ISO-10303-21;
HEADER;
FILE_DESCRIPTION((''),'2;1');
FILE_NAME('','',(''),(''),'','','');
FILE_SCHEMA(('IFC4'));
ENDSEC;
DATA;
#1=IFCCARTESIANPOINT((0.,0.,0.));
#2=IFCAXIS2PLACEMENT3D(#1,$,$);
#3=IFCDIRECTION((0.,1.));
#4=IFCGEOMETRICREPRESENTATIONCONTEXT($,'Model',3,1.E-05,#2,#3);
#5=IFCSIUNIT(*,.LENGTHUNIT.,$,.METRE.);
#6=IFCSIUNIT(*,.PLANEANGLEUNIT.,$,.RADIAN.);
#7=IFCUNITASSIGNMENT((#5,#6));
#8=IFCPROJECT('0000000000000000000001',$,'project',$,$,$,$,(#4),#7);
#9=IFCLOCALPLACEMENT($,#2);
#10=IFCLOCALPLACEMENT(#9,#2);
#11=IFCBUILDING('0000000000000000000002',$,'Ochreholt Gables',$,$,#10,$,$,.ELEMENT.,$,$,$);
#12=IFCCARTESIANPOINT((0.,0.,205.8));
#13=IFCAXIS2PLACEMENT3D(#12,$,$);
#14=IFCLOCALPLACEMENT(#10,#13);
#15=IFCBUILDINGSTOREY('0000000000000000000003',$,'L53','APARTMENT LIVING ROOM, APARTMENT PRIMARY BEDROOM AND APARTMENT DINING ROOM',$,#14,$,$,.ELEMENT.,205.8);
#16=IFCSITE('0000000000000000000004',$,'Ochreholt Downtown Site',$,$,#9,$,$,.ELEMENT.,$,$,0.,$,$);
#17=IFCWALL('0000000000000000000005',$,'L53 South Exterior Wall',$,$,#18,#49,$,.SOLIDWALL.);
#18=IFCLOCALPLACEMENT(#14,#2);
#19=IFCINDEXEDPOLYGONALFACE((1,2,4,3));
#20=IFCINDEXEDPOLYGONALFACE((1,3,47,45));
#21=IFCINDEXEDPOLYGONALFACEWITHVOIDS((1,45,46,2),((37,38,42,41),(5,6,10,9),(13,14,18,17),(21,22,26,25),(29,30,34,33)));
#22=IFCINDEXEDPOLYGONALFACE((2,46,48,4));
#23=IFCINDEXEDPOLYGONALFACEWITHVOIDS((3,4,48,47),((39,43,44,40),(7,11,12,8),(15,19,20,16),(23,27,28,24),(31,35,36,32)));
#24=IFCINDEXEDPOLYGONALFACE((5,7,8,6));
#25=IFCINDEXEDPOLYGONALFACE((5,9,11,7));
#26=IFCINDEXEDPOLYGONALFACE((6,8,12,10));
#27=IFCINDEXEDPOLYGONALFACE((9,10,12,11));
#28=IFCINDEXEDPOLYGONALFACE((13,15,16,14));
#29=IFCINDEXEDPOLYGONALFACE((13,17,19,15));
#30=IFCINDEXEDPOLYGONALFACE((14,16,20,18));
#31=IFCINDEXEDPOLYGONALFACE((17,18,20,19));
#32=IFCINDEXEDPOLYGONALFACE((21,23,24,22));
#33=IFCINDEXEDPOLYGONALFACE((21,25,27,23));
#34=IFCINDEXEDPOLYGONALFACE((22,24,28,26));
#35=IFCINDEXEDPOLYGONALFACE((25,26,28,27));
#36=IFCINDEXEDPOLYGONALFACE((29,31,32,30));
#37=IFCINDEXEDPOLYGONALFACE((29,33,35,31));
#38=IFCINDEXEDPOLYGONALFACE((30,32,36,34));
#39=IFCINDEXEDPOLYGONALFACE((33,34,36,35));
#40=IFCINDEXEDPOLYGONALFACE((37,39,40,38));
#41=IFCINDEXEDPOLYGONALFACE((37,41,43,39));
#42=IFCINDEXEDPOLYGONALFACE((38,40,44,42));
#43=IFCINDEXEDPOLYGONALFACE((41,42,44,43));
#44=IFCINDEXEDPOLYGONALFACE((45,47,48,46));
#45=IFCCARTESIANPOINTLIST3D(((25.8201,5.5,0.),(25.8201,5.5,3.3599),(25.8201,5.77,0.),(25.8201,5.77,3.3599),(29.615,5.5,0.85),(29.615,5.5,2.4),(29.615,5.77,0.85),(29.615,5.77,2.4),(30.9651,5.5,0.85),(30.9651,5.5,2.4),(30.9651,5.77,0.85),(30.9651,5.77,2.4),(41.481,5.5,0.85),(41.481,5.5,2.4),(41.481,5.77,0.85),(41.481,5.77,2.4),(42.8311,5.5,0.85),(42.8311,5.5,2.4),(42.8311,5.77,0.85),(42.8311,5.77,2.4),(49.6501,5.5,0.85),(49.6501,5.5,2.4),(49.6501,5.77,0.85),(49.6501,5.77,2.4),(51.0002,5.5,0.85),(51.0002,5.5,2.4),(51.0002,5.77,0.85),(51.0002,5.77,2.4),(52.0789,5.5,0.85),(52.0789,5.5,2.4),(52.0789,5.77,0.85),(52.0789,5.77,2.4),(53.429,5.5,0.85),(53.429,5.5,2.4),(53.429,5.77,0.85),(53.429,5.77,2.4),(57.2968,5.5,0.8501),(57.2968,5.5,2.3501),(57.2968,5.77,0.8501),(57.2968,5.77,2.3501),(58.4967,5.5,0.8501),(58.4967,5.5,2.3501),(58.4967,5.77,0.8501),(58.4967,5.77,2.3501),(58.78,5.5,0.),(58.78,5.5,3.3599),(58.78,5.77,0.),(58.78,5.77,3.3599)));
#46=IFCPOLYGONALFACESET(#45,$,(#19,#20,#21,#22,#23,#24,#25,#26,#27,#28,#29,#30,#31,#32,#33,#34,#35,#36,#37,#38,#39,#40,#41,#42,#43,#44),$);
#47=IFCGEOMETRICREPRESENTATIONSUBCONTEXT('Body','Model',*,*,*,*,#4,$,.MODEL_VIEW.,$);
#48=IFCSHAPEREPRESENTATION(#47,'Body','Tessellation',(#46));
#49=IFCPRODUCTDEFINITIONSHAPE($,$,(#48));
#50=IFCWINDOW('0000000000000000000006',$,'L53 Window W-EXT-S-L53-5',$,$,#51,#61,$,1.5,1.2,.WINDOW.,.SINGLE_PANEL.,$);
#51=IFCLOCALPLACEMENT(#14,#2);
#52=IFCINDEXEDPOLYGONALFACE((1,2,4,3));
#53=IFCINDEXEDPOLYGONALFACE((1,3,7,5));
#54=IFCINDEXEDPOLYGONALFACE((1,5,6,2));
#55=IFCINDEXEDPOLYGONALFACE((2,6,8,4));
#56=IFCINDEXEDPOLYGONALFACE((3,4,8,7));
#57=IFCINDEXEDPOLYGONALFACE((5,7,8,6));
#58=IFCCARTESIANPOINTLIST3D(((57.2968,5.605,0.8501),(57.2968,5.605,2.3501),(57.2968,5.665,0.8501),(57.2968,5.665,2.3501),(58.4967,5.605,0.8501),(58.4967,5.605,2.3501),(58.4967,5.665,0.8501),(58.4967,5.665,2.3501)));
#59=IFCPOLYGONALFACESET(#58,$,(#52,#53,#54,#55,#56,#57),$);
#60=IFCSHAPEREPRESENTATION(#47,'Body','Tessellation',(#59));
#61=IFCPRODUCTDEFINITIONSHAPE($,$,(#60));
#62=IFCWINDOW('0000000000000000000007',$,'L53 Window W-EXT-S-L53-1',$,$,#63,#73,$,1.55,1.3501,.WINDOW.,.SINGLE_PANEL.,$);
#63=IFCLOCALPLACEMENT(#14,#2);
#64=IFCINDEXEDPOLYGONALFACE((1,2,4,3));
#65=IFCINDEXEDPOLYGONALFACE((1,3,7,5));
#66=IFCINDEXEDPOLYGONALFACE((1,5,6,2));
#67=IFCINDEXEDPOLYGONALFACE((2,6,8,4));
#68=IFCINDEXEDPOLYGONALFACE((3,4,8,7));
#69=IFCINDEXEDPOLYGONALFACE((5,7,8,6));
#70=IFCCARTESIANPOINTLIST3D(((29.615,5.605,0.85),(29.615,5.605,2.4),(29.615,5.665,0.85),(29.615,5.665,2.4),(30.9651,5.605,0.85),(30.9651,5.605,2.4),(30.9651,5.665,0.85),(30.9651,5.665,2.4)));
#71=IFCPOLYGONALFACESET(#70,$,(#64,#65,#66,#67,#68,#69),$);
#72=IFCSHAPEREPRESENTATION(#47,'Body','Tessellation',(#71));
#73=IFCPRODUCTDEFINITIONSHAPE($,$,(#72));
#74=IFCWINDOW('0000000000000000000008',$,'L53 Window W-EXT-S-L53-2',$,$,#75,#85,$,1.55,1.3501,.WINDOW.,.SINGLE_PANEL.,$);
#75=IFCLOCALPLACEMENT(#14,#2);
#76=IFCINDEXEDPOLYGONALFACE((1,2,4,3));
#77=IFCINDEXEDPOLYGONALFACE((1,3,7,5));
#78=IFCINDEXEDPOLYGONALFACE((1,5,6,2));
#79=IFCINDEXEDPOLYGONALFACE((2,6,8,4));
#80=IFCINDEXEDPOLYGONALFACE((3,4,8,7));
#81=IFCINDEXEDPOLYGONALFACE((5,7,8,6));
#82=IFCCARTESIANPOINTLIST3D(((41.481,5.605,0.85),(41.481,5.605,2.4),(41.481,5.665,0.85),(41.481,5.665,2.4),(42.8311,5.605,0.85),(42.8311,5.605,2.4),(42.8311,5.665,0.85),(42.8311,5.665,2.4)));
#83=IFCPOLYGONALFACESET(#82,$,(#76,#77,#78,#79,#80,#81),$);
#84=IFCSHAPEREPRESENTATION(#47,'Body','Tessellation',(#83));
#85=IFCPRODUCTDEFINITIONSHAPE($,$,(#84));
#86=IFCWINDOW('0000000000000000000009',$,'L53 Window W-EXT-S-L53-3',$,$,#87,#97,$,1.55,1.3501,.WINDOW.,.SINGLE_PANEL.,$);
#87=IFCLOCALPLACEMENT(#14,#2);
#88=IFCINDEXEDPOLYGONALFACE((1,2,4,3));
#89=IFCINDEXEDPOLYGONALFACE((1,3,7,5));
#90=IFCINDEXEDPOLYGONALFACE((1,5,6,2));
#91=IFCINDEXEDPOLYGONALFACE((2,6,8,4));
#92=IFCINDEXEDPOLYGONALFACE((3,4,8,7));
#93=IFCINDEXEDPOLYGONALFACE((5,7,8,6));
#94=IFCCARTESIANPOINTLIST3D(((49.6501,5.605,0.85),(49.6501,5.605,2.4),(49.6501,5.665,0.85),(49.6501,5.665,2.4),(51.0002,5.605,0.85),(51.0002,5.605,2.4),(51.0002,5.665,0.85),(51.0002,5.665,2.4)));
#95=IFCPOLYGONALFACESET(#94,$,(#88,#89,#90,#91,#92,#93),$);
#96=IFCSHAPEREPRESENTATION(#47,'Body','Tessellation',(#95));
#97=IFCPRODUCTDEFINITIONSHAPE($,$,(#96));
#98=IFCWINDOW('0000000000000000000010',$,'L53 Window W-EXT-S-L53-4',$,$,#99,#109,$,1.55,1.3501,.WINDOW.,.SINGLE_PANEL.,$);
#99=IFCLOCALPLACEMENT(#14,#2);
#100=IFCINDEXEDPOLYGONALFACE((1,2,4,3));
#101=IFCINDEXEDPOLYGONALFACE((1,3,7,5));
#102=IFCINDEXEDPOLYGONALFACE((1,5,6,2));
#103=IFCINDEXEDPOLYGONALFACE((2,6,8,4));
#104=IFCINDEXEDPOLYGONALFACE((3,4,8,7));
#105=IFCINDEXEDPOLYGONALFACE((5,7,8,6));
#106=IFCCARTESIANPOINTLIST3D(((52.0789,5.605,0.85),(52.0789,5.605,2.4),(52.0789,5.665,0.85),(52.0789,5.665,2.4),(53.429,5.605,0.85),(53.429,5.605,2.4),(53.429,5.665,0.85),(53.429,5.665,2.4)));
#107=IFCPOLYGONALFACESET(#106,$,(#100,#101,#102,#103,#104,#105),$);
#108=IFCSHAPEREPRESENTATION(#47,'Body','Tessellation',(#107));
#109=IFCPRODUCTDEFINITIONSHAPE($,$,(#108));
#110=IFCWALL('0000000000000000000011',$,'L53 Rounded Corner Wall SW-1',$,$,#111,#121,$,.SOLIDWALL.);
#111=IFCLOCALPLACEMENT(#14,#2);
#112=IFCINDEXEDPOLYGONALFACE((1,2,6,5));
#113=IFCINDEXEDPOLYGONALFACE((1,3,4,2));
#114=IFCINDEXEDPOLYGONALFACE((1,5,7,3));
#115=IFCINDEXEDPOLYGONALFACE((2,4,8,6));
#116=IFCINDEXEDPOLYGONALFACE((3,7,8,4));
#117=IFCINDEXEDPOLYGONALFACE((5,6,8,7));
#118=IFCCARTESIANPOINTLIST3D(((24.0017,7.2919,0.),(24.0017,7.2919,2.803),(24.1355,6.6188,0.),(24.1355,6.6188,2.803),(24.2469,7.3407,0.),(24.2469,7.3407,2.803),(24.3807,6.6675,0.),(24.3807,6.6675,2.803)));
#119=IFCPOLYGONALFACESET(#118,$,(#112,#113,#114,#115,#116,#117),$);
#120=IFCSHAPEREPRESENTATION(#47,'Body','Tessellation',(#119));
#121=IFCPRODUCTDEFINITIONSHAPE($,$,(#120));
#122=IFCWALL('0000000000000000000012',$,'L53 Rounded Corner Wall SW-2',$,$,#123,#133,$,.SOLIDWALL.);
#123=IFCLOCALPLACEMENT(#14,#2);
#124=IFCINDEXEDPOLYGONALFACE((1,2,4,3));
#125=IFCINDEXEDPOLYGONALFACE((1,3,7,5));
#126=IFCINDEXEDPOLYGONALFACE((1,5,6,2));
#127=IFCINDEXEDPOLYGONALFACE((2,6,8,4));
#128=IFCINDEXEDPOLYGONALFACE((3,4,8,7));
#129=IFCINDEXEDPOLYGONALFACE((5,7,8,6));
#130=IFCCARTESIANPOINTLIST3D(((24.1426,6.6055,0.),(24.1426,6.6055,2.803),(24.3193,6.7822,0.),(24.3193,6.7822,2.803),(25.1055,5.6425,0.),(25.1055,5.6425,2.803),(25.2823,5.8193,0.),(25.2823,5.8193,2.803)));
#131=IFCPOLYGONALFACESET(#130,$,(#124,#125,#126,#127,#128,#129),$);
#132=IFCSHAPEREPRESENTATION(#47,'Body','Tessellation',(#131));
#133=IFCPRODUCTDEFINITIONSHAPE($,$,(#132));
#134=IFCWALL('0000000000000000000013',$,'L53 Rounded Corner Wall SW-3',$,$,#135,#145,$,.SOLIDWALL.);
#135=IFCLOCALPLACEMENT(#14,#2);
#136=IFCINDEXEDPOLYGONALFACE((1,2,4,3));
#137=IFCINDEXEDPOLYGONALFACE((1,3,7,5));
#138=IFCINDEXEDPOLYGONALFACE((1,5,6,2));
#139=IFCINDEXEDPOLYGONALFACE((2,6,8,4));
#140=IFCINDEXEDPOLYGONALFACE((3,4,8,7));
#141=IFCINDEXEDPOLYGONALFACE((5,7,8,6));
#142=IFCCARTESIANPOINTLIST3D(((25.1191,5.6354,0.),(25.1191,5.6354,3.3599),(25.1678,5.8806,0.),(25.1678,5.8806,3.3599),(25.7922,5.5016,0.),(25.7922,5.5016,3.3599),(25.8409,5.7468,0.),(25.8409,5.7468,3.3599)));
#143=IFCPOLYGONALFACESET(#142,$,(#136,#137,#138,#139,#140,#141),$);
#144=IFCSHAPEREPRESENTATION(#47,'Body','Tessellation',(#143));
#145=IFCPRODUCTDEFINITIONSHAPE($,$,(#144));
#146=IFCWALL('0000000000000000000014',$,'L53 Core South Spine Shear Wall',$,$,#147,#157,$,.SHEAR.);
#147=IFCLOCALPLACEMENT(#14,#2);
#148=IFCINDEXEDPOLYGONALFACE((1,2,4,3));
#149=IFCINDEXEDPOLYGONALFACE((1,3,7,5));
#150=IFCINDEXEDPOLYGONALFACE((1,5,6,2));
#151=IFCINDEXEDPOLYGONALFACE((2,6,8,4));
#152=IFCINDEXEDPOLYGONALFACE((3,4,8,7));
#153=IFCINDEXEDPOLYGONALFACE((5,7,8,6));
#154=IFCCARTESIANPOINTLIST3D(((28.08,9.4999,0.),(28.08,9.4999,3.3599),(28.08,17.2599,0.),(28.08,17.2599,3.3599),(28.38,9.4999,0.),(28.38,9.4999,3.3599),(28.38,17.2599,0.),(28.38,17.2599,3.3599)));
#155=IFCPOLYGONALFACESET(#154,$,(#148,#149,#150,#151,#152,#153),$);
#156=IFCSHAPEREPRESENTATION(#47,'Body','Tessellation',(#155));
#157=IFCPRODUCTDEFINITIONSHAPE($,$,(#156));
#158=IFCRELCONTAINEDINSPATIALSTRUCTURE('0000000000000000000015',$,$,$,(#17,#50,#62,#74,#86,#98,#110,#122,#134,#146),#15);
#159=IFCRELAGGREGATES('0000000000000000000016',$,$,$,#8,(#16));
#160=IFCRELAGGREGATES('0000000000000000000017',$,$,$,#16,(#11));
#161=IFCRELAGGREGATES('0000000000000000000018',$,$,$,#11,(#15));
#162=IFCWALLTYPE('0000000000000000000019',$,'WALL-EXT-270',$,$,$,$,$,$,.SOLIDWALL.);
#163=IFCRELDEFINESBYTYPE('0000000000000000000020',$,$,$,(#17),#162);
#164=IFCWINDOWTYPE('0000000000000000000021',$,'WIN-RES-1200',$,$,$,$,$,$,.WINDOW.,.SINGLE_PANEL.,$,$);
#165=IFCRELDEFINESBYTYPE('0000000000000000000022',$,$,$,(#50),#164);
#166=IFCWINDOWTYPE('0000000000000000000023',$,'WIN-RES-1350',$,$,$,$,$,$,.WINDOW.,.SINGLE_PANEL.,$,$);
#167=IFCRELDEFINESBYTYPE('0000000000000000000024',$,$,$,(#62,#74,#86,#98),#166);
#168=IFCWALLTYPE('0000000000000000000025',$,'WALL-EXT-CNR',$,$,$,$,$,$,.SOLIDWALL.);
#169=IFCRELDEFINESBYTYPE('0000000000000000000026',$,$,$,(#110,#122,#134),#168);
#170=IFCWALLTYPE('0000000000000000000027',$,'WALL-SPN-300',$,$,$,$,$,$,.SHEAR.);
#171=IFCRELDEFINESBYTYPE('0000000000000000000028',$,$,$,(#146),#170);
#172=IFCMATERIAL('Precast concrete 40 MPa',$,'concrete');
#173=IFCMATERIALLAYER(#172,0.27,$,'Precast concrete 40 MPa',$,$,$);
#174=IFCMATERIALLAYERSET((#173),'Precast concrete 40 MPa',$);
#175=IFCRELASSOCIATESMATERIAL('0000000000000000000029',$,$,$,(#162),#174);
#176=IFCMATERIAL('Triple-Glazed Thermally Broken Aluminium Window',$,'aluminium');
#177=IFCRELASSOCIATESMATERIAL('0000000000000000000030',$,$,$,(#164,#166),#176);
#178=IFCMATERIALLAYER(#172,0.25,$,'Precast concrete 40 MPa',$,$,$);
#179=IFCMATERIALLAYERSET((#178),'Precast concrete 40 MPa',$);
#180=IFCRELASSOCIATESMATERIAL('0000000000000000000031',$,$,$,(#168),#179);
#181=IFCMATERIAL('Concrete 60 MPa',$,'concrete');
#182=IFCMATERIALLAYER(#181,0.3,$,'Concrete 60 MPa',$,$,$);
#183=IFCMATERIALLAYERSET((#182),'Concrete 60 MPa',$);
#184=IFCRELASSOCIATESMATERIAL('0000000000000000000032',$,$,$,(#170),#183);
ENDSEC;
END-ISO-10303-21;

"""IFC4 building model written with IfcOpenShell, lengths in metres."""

from ifc_helpers import new_model, si_unit, direction, frame, frame_2d, origin, place, context, subcontext, project, spatial, rectangle, extrude, material, layer, layer_set, type_object, element, fill, save


model = new_model("IFC4")

# Units and contexts
model_context = context("Model", 3, precision=1e-05, world=origin(), true_north=direction((0.0, 1.0)))
body_context = subcontext(model_context, "Body", "Model", "MODEL_VIEW")
ifc_project = project(units=[si_unit("LENGTHUNIT", "METRE"), si_unit("PLANEANGLEUNIT", "RADIAN")], contexts=[model_context])

# Site, building, storey
site_placement = place(None, origin())
site = spatial("IfcSite", under=ifc_project, at=site_placement, Name="Ochreholt Downtown Site", CompositionType="ELEMENT", RefElevation=0.0)
building_placement = place(site_placement, origin())
building = spatial("IfcBuilding", under=site, at=building_placement, Name="Ochreholt Gables", CompositionType="ELEMENT")
storey_placement = place(building_placement, frame((0.0, 0.0, 205.8)))
storey = spatial("IfcBuildingStorey", under=building, at=storey_placement, Name="L53", Description="APARTMENT LIVING ROOM, APARTMENT PRIMARY BEDROOM AND APARTMENT DINING ROOM", CompositionType="ELEMENT", Elevation=205.8)

# Wall, openings, windows
ifc_material_1 = material(Name="Precast concrete 40 MPa", Category="concrete")
ifc_layer_1 = layer(ifc_material_1, 0.27, Name="Precast concrete 40 MPa")
ifc_layer_set_1 = layer_set([ifc_layer_1], Name="Precast concrete 40 MPa")
wall_type_1 = type_object("IfcWallType", Name="WALL-EXT-270", PredefinedType="SOLIDWALL", material=ifc_layer_set_1)
wall_1_placement = place(storey_placement, frame((25.8201, 5.635, 0.0), z_axis=(0.0, 0.0, 1.0), x_axis=(1.0, 0.0, 0.0)))
wall_1 = element("IfcWall", 1, at=wall_1_placement, inside=storey, type_object=wall_type_1, Name="L53 South Exterior Wall", PredefinedType="SOLIDWALL", context=body_context, shape_type="SweptSolid", body=[
    extrude(rectangle(XDim=32.96, YDim=0.27, at=frame_2d((16.48, 0.0))), origin(), (0.0, 0.0, 1.0), 3.3599),
])
opening_1_placement = place(wall_1_placement, frame((3.7949, 0.0, 0.8501)))
opening_1 = element("IfcOpeningElement", 2, at=opening_1_placement, cuts=wall_1, PredefinedType="OPENING", context=body_context, shape_type="SweptSolid", body=[
    extrude(rectangle(XDim=1.3501, YDim=1.55, at=frame_2d((0.675, 0.7749))), frame((0.0, 0.145, 0.0), z_axis=(0.0, -1.0, 0.0), x_axis=(1.0, 0.0, 0.0)), (0.0, 0.0, 1.0), 0.29),
])
opening_2_placement = place(wall_1_placement, frame((15.6609, 0.0, 0.8501)))
opening_2 = element("IfcOpeningElement", 3, at=opening_2_placement, cuts=wall_1, PredefinedType="OPENING", context=body_context, shape_type="SweptSolid", body=[
    extrude(rectangle(XDim=1.3501, YDim=1.55, at=frame_2d((0.675, 0.7749))), frame((0.0, 0.145, 0.0), z_axis=(0.0, -1.0, 0.0), x_axis=(1.0, 0.0, 0.0)), (0.0, 0.0, 1.0), 0.29),
])
opening_3_placement = place(wall_1_placement, frame((23.8301, 0.0, 0.8501)))
opening_3 = element("IfcOpeningElement", 4, at=opening_3_placement, cuts=wall_1, PredefinedType="OPENING", context=body_context, shape_type="SweptSolid", body=[
    extrude(rectangle(XDim=1.3501, YDim=1.55, at=frame_2d((0.675, 0.7749))), frame((0.0, 0.145, 0.0), z_axis=(0.0, -1.0, 0.0), x_axis=(1.0, 0.0, 0.0)), (0.0, 0.0, 1.0), 0.29),
])
opening_4_placement = place(wall_1_placement, frame((26.2588, 0.0, 0.8501)))
opening_4 = element("IfcOpeningElement", 5, at=opening_4_placement, cuts=wall_1, PredefinedType="OPENING", context=body_context, shape_type="SweptSolid", body=[
    extrude(rectangle(XDim=1.3501, YDim=1.55, at=frame_2d((0.675, 0.7749))), frame((0.0, 0.145, 0.0), z_axis=(0.0, -1.0, 0.0), x_axis=(1.0, 0.0, 0.0)), (0.0, 0.0, 1.0), 0.29),
])
opening_5_placement = place(wall_1_placement, frame((31.4766, 0.0, 0.8501)))
opening_5 = element("IfcOpeningElement", 6, at=opening_5_placement, cuts=wall_1, PredefinedType="OPENING", context=body_context, shape_type="SweptSolid", body=[
    extrude(rectangle(XDim=1.2, YDim=1.5, at=frame_2d((0.6001, 0.75))), frame((0.0, 0.145, 0.0), z_axis=(0.0, -1.0, 0.0), x_axis=(1.0, 0.0, 0.0)), (0.0, 0.0, 1.0), 0.29),
])
ifc_material_2 = material(Name="Triple-Glazed Thermally Broken Aluminium Window", Category="aluminium")
window_type_1 = type_object("IfcWindowType", Name="WIN-RES-1200", PartitioningType="SINGLE_PANEL", PredefinedType="WINDOW", material=ifc_material_2)
window_1_placement = place(opening_5_placement, origin())
window_1 = element("IfcWindow", 7, at=window_1_placement, inside=storey, type_object=window_type_1, Name="L53 Window W-EXT-S-L53-5", OverallHeight=1.5, OverallWidth=1.2, PartitioningType="SINGLE_PANEL", PredefinedType="WINDOW", context=body_context, shape_type="SweptSolid", body=[
    extrude(rectangle(XDim=1.2, YDim=1.5, at=frame_2d((0.6001, 0.75))), frame((0.0, 0.03, 0.0), z_axis=(0.0, -1.0, 0.0), x_axis=(1.0, 0.0, 0.0)), (0.0, 0.0, 1.0), 0.0601),
])
fill(opening_5, window_1)
window_type_2 = type_object("IfcWindowType", Name="WIN-RES-1350", PartitioningType="SINGLE_PANEL", PredefinedType="WINDOW", material=ifc_material_2)
window_2_placement = place(opening_1_placement, origin())
window_2 = element("IfcWindow", 8, at=window_2_placement, inside=storey, type_object=window_type_2, Name="L53 Window W-EXT-S-L53-1", OverallHeight=1.55, OverallWidth=1.3501, PartitioningType="SINGLE_PANEL", PredefinedType="WINDOW", context=body_context, shape_type="SweptSolid", body=[
    extrude(rectangle(XDim=1.3501, YDim=1.55, at=frame_2d((0.675, 0.7749))), frame((0.0, 0.03, 0.0), z_axis=(0.0, -1.0, 0.0), x_axis=(1.0, 0.0, 0.0)), (0.0, 0.0, 1.0), 0.0601),
])
fill(opening_1, window_2)
window_3_placement = place(opening_2_placement, origin())
window_3 = element("IfcWindow", 9, at=window_3_placement, inside=storey, type_object=window_type_2, Name="L53 Window W-EXT-S-L53-2", OverallHeight=1.55, OverallWidth=1.3501, PartitioningType="SINGLE_PANEL", PredefinedType="WINDOW", context=body_context, shape_type="SweptSolid", body=[
    extrude(rectangle(XDim=1.3501, YDim=1.55, at=frame_2d((0.675, 0.7749))), frame((0.0, 0.03, 0.0), z_axis=(0.0, -1.0, 0.0), x_axis=(1.0, 0.0, 0.0)), (0.0, 0.0, 1.0), 0.0601),
])
fill(opening_2, window_3)
window_4_placement = place(opening_3_placement, origin())
window_4 = element("IfcWindow", 10, at=window_4_placement, inside=storey, type_object=window_type_2, Name="L53 Window W-EXT-S-L53-3", OverallHeight=1.55, OverallWidth=1.3501, PartitioningType="SINGLE_PANEL", PredefinedType="WINDOW", context=body_context, shape_type="SweptSolid", body=[
    extrude(rectangle(XDim=1.3501, YDim=1.55, at=frame_2d((0.675, 0.7749))), frame((0.0, 0.03, 0.0), z_axis=(0.0, -1.0, 0.0), x_axis=(1.0, 0.0, 0.0)), (0.0, 0.0, 1.0), 0.0601),
])
fill(opening_3, window_4)
window_5_placement = place(opening_4_placement, origin())
window_5 = element("IfcWindow", 11, at=window_5_placement, inside=storey, type_object=window_type_2, Name="L53 Window W-EXT-S-L53-4", OverallHeight=1.55, OverallWidth=1.3501, PartitioningType="SINGLE_PANEL", PredefinedType="WINDOW", context=body_context, shape_type="SweptSolid", body=[
    extrude(rectangle(XDim=1.3501, YDim=1.55, at=frame_2d((0.675, 0.7749))), frame((0.0, 0.03, 0.0), z_axis=(0.0, -1.0, 0.0), x_axis=(1.0, 0.0, 0.0)), (0.0, 0.0, 1.0), 0.0601),
])
fill(opening_4, window_5)

# Walls
ifc_layer_2 = layer(ifc_material_1, 0.25, Name="Precast concrete 40 MPa")
ifc_layer_set_2 = layer_set([ifc_layer_2], Name="Precast concrete 40 MPa")
wall_type_2 = type_object("IfcWallType", Name="WALL-EXT-CNR", PredefinedType="SOLIDWALL", material=ifc_layer_set_2)
wall_2_placement = place(storey_placement, frame((24.1243, 7.3164, 0.0), z_axis=(0.0, 0.0, 1.0), x_axis=(0.194953, -0.980813, 0.0)))
element("IfcWall", 12, at=wall_2_placement, inside=storey, type_object=wall_type_2, Name="L53 Rounded Corner Wall SW-1", PredefinedType="SOLIDWALL", context=body_context, shape_type="SweptSolid", body=[
    extrude(rectangle(XDim=0.6863, YDim=0.25, at=frame_2d((0.3433, 0.0))), origin(), (0.0, 0.0, 1.0), 2.803),
])
wall_3_placement = place(storey_placement, frame((24.231, 6.6938, 0.0), z_axis=(0.0, 0.0, 1.0), x_axis=(0.707107, -0.707107, 0.0)))
element("IfcWall", 13, at=wall_3_placement, inside=storey, type_object=wall_type_2, Name="L53 Rounded Corner Wall SW-2", PredefinedType="SOLIDWALL", context=body_context, shape_type="SweptSolid", body=[
    extrude(rectangle(XDim=1.3618, YDim=0.25, at=frame_2d((0.6809, 0.0))), origin(), (0.0, 0.0, 1.0), 2.803),
])
wall_4_placement = place(storey_placement, frame((25.1433, 5.7581, 0.0), z_axis=(0.0, 0.0, 1.0), x_axis=(0.980813, -0.194953, 0.0)))
element("IfcWall", 14, at=wall_4_placement, inside=storey, type_object=wall_type_2, Name="L53 Rounded Corner Wall SW-3", PredefinedType="SOLIDWALL", context=body_context, shape_type="SweptSolid", body=[
    extrude(rectangle(XDim=0.6863, YDim=0.25, at=frame_2d((0.3433, 0.0))), origin(), (0.0, 0.0, 1.0), 3.3599),
])
ifc_material_3 = material(Name="Concrete 60 MPa", Category="concrete")
ifc_layer_3 = layer(ifc_material_3, 0.3, Name="Concrete 60 MPa")
ifc_layer_set_3 = layer_set([ifc_layer_3], Name="Concrete 60 MPa")
wall_type_3 = type_object("IfcWallType", Name="WALL-SPN-300", PredefinedType="SHEAR", material=ifc_layer_set_3)
wall_5_placement = place(storey_placement, frame((28.23, 9.5, 0.0), z_axis=(0.0, 0.0, 1.0), x_axis=(0.0, 1.0, 0.0)))
element("IfcWall", 15, at=wall_5_placement, inside=storey, type_object=wall_type_3, Name="L53 Core South Spine Shear Wall", PredefinedType="SHEAR", context=body_context, shape_type="SweptSolid", body=[
    extrude(rectangle(XDim=7.76, YDim=0.3, at=frame_2d((3.8799, 0.0))), origin(), (0.0, 0.0, 1.0), 3.3599),
])

save(model, "model.ifc")
